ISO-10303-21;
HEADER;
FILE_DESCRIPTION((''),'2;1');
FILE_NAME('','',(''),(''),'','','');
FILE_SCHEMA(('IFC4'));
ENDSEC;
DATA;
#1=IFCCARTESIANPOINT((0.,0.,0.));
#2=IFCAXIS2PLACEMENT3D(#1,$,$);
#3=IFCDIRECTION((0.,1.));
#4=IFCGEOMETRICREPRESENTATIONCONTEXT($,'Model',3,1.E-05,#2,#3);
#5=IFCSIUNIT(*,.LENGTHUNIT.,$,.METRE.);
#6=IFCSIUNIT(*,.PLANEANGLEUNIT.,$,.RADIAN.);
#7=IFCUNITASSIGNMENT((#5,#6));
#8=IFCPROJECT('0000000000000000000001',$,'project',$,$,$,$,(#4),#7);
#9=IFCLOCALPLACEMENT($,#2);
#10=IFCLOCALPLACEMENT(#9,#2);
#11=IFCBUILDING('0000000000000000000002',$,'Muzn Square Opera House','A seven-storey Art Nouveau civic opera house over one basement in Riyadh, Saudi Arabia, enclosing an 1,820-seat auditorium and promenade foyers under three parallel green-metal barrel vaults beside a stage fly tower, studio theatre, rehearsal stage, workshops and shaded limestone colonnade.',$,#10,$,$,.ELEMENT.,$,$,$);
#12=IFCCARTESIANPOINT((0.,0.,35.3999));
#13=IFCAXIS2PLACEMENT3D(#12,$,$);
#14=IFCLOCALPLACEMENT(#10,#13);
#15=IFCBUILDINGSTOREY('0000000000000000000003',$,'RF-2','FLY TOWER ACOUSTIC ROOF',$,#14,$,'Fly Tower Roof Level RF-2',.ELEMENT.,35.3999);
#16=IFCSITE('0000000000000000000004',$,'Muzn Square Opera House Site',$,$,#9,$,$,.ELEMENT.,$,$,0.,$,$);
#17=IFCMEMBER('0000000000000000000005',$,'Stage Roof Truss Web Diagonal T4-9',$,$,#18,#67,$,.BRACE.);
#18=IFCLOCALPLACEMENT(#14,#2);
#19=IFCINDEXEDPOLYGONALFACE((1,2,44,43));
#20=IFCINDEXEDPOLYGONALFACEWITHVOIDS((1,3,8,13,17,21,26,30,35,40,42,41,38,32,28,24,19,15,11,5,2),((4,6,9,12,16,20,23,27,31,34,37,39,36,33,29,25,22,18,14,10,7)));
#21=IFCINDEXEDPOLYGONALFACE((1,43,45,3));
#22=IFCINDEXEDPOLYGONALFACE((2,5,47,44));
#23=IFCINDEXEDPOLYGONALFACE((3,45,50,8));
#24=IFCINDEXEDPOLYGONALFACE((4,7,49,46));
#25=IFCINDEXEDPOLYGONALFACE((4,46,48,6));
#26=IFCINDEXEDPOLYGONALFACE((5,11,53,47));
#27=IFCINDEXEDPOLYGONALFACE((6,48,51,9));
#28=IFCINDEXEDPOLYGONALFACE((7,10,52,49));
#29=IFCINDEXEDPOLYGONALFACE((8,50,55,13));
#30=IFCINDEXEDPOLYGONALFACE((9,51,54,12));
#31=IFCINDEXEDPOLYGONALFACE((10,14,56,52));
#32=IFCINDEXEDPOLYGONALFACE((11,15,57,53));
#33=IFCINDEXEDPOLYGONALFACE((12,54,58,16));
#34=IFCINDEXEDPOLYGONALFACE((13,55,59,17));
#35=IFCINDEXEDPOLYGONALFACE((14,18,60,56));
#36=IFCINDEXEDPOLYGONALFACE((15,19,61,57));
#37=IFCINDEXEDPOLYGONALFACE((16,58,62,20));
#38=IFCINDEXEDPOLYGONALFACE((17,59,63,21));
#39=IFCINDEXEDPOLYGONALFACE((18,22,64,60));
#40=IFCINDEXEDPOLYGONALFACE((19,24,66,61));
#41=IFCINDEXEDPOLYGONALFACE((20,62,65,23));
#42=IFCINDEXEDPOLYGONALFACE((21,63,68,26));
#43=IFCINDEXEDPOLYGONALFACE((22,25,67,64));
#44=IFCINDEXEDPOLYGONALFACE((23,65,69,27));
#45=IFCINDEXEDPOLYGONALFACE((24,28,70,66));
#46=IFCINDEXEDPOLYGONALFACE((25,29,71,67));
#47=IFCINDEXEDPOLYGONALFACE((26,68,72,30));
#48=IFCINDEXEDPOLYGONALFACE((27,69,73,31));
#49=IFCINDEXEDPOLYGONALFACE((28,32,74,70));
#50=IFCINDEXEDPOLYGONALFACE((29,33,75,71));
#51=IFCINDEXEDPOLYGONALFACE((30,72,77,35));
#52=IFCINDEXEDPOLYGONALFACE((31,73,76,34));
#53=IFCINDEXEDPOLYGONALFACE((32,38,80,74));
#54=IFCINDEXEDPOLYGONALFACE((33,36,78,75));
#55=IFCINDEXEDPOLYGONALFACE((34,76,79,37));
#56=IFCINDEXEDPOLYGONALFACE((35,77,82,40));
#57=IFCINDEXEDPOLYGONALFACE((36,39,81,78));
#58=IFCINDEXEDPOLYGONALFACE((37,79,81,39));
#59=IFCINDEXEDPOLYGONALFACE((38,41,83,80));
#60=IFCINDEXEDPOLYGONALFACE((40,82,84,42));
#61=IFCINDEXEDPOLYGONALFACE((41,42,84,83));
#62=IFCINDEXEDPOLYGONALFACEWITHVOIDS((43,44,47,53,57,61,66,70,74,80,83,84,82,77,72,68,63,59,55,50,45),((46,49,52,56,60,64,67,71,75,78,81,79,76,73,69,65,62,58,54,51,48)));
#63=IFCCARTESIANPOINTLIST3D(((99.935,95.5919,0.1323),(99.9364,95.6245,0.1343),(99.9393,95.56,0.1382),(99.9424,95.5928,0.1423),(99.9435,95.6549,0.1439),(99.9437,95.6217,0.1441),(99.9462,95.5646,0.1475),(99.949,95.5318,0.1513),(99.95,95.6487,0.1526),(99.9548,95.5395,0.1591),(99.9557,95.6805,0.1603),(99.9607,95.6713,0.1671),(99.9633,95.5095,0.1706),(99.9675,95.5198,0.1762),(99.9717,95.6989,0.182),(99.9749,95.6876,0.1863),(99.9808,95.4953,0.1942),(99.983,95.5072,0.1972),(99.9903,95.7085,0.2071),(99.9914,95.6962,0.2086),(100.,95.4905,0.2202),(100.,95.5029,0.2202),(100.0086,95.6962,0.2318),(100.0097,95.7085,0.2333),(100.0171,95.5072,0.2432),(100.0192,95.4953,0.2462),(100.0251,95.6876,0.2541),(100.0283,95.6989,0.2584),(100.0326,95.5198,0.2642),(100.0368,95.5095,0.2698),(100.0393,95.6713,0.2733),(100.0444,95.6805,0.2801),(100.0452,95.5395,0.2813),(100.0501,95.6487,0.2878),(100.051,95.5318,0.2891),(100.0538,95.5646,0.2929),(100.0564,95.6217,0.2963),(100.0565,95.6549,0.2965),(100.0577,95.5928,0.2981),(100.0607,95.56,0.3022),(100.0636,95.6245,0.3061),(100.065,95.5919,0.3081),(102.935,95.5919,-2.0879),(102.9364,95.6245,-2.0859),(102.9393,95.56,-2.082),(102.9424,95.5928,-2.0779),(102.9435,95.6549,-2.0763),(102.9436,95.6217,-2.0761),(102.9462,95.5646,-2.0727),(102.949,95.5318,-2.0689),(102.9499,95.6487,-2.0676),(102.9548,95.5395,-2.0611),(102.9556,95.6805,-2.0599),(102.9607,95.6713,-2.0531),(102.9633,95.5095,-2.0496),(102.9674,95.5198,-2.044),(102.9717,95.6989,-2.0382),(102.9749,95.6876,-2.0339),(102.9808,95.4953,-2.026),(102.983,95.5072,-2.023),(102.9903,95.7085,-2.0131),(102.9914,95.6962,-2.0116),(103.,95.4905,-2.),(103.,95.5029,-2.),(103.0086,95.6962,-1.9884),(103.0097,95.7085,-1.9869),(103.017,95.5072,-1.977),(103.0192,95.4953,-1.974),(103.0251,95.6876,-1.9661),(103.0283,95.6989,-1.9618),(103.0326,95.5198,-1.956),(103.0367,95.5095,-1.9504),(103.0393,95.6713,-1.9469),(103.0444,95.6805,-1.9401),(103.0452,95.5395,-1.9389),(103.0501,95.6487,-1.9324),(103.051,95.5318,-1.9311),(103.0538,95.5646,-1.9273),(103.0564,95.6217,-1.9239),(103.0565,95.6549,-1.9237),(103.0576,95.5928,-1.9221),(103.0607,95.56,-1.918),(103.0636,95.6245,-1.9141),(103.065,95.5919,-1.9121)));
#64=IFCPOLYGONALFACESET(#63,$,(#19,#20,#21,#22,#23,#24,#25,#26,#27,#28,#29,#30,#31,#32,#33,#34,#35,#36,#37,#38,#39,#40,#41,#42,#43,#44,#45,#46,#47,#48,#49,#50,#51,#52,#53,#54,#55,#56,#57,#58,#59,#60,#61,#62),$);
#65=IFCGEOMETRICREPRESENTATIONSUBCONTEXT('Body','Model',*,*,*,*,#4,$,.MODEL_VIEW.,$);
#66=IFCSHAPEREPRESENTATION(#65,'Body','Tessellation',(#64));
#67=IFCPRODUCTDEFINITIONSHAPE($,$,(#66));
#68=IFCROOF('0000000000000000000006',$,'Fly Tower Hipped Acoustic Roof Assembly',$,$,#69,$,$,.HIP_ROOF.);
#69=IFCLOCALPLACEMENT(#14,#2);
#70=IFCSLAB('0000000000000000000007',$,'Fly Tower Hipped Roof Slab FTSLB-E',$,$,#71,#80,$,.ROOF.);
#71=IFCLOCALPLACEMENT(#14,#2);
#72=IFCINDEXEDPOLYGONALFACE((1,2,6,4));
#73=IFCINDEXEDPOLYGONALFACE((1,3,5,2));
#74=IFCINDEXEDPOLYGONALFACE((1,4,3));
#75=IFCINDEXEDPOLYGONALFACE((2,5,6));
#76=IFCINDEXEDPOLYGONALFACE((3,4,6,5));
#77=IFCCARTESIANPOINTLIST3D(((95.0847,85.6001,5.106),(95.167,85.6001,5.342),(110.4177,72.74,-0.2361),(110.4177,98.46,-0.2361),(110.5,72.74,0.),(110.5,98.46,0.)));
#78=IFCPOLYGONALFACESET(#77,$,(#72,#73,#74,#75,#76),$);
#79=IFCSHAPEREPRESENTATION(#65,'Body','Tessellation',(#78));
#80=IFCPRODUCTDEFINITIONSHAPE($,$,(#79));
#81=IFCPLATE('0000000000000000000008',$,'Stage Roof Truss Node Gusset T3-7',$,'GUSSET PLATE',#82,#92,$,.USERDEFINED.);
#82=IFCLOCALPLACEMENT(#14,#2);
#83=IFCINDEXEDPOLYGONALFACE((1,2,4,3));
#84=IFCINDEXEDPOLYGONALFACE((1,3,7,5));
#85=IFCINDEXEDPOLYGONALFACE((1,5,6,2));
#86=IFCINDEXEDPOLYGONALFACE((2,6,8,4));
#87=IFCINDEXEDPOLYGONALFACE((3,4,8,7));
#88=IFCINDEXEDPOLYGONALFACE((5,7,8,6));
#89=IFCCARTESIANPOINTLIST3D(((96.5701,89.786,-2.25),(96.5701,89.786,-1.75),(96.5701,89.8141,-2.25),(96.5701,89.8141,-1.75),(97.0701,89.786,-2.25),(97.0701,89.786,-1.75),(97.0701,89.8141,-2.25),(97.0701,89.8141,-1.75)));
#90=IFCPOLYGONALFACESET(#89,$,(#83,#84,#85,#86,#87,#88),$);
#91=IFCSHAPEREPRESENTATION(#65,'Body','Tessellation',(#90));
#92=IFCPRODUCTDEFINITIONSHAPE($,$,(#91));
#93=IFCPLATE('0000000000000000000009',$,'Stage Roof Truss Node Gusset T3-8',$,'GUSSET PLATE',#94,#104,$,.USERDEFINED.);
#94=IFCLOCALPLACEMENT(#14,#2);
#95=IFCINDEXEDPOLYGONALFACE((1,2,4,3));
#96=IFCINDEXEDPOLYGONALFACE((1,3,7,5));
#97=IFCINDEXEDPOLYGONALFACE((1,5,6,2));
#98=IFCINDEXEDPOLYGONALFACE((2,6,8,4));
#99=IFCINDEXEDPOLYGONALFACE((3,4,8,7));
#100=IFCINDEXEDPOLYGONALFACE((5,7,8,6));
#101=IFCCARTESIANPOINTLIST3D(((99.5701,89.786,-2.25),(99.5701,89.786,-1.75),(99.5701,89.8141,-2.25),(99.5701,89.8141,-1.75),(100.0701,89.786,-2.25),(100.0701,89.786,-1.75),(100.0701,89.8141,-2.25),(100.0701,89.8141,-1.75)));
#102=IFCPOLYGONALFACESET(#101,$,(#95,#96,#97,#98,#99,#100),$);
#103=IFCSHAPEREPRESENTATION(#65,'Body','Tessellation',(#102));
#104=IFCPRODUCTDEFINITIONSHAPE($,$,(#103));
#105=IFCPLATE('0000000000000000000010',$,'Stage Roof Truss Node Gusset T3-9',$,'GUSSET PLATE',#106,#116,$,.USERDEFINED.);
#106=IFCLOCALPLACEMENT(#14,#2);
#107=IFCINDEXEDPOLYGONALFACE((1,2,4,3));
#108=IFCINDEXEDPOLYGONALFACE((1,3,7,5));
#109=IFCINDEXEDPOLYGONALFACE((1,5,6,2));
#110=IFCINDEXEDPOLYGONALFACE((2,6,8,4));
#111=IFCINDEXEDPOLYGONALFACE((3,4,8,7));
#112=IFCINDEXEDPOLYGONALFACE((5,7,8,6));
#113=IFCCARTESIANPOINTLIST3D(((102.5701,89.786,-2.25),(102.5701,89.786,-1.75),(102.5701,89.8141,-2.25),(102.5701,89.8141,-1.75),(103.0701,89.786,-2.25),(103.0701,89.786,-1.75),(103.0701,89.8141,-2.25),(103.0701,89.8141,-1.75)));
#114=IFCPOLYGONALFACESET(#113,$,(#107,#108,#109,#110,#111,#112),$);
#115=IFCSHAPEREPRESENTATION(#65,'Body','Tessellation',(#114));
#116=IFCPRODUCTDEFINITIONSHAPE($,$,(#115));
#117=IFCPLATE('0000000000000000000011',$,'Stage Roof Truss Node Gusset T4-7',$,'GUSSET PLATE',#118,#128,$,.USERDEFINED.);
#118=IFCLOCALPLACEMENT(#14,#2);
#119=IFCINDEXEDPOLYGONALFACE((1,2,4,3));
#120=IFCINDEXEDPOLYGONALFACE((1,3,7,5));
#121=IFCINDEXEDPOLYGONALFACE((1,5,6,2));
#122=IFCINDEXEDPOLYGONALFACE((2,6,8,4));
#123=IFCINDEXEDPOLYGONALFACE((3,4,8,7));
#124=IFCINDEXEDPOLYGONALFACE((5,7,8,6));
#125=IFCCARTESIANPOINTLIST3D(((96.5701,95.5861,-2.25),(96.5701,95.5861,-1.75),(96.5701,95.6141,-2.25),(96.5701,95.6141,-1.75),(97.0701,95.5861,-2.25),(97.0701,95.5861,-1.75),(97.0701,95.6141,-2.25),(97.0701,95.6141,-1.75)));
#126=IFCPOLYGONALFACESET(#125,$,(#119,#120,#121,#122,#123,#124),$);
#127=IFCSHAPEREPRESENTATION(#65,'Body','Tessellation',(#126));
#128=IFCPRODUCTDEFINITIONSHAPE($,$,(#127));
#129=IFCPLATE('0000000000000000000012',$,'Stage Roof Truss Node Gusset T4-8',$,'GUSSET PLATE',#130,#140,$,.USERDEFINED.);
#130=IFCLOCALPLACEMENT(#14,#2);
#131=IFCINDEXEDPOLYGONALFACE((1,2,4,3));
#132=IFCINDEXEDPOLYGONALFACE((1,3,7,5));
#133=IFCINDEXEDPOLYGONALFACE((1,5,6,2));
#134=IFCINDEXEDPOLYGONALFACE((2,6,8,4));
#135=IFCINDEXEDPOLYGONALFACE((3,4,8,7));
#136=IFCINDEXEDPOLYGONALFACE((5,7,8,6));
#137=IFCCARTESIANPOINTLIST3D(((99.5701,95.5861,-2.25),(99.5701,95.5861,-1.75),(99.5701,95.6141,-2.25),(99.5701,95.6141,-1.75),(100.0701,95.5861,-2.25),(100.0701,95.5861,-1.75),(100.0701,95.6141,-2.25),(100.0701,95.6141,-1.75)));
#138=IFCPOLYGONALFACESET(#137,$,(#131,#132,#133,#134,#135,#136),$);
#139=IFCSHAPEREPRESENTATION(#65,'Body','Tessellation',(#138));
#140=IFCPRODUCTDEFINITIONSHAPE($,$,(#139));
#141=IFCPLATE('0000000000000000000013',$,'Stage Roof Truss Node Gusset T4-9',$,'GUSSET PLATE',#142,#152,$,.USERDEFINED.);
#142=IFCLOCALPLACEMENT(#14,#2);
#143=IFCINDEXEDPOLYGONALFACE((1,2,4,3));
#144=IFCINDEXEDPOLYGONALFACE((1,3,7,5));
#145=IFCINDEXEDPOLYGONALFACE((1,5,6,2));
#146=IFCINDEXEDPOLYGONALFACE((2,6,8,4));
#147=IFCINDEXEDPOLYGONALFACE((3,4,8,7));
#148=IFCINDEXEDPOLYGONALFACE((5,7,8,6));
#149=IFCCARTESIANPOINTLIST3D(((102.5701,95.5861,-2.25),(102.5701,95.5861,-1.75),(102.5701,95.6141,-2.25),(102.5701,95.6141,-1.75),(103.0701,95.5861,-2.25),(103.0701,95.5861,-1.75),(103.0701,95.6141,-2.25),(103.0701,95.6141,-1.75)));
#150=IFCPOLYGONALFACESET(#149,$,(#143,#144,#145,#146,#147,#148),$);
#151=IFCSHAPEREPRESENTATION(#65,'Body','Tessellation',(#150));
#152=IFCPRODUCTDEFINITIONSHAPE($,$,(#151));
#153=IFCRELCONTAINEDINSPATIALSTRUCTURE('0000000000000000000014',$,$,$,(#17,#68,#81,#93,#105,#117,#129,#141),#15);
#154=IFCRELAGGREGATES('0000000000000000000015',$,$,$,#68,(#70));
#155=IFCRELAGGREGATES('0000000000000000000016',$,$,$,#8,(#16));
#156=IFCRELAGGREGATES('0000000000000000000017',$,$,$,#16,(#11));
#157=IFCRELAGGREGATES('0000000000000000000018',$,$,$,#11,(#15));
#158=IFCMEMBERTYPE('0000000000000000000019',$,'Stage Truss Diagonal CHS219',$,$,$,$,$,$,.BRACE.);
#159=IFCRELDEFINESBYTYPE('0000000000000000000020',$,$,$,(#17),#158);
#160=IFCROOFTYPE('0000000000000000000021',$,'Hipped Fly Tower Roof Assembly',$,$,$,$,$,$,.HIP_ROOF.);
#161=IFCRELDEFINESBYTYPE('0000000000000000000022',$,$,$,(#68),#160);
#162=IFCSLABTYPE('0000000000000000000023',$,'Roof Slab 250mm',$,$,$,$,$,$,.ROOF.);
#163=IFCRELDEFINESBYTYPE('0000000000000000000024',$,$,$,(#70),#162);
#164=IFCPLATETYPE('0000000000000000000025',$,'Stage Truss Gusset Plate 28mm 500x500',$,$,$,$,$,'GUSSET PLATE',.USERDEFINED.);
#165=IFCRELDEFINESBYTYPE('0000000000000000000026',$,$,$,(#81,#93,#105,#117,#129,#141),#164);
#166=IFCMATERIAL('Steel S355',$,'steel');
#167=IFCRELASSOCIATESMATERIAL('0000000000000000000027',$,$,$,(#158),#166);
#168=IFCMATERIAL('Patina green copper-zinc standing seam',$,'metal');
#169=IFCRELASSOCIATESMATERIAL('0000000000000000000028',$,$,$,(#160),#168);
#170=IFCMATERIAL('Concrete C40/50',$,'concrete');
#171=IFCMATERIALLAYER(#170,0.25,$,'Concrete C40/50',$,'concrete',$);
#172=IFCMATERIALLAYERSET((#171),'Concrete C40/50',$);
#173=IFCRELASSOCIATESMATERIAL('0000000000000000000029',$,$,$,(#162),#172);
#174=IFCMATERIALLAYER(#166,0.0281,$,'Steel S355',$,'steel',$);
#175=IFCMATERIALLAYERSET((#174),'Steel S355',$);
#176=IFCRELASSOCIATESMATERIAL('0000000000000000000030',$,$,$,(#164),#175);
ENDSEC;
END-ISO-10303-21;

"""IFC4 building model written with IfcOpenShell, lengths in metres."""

from ifc_helpers import new_model, si_unit, direction, frame, origin, origin_2d, place, context, subcontext, project, spatial, polyline, rectangle, hollow_circle, outline, extrude, material, layer, layer_set, material_profile, profile_set, type_object, element, aggregate, save


model = new_model("IFC4")

# Units and contexts
model_context = context("Model", 3, precision=1e-05, world=origin(), true_north=direction((0.0, 1.0)))
body_context = subcontext(model_context, "Body", "Model", "MODEL_VIEW")
ifc_project = project(units=[si_unit("LENGTHUNIT", "METRE"), si_unit("PLANEANGLEUNIT", "RADIAN")], contexts=[model_context])

# Site, building, storey
site_placement = place(None, origin())
site = spatial("IfcSite", under=ifc_project, at=site_placement, Name="Muzn Square Opera House Site", CompositionType="ELEMENT", RefElevation=0.0)
building_placement = place(site_placement, origin())
building = spatial("IfcBuilding", under=site, at=building_placement, Name="Muzn Square Opera House", Description="A seven-storey Art Nouveau civic opera house over one basement in Riyadh, Saudi Arabia, enclosing an 1,820-seat auditorium and promenade foyers under three parallel green-metal barrel vaults beside a stage fly tower, studio theatre, rehearsal stage, workshops and shaded limestone colonnade.", CompositionType="ELEMENT")
storey_placement = place(building_placement, frame((0.0, 0.0, 35.3999)))
storey = spatial("IfcBuildingStorey", under=building, at=storey_placement, Name="RF-2", Description="FLY TOWER ACOUSTIC ROOF", LongName="Fly Tower Roof Level RF-2", CompositionType="ELEMENT", Elevation=35.3999)

# Member
ifc_material_1 = material(Name="Steel S355", Category="steel")
ifc_material_profile_1 = material_profile(ifc_material_1, hollow_circle(Radius=0.1096, WallThickness=0.0125, at=origin_2d()), Name="CHS 219.1x12.5", Category="steel")
ifc_profile_set_1 = profile_set([ifc_material_profile_1], Name="Steel S355")
member_type_1 = type_object("IfcMemberType", Name="Stage Truss Diagonal CHS219", PredefinedType="BRACE", material=ifc_profile_set_1)
member_1_placement = place(storey_placement, frame((103.0, 95.6001, -2.0), z_axis=(-0.803814, 0.0, 0.59488), x_axis=(0.0, -1.0, 0.0)))
element("IfcMember", 1, at=member_1_placement, inside=storey, type_object=member_type_1, Name="Stage Roof Truss Web Diagonal T4-9", PredefinedType="BRACE", context=body_context, shape_type="SweptSolid", body=[
    extrude(hollow_circle(Radius=0.1096, WallThickness=0.0125, at=origin_2d()), origin(), (0.0, 0.0, 1.0), 3.7322),
])

# Roof, slab
ifc_material_2 = material(Name="Patina green copper-zinc standing seam", Category="metal")
roof_type = type_object("IfcRoofType", Name="Hipped Fly Tower Roof Assembly", PredefinedType="HIP_ROOF", material=ifc_material_2)
roof_placement = place(storey_placement, origin())
roof = element("IfcRoof", 2, at=roof_placement, inside=storey, type_object=roof_type, Name="Fly Tower Hipped Acoustic Roof Assembly", PredefinedType="HIP_ROOF")
ifc_material_3 = material(Name="Concrete C40/50", Category="concrete")
ifc_layer_1 = layer(ifc_material_3, 0.25, Name="Concrete C40/50", Category="concrete")
ifc_layer_set_1 = layer_set([ifc_layer_1], Name="Concrete C40/50")
slab_type = type_object("IfcSlabType", Name="Roof Slab 250mm", PredefinedType="ROOF", material=ifc_layer_set_1)
slab_placement = place(storey_placement, frame((95.167, 85.6001, 5.342), z_axis=(0.329005, 0.0, 0.944328), x_axis=(0.740267, -0.620877, -0.25791)))
slab = element("IfcSlab", 3, at=slab_placement, type_object=slab_type, Name="Fly Tower Hipped Roof Slab FTSLB-E", PredefinedType="ROOF", context=body_context, shape_type="SweptSolid", body=[
    extrude(outline(polyline([(20.7128, 0.0), (4.7439, 20.1621), (0.0, 0.0), (20.7128, 0.0)])), origin(), (0.0, 0.0, -1.0), 0.25),
])
aggregate(roof, [slab])

# Plates
ifc_layer_2 = layer(ifc_material_1, 0.0281, Name="Steel S355", Category="steel")
ifc_layer_set_2 = layer_set([ifc_layer_2], Name="Steel S355")
plate_type = type_object("IfcPlateType", Name="Stage Truss Gusset Plate 28mm 500x500", ElementType="GUSSET PLATE", PredefinedType="USERDEFINED", material=ifc_layer_set_2)
for number, where, z_axis, x_axis, name in (
    (4, (96.8201, 89.8, -2.25), (0.0, 0.0, 1.0), (1.0, 0.0, 0.0), "Stage Roof Truss Node Gusset T3-7"),
    (5, (99.8201, 89.8, -2.25), (0.0, 0.0, 1.0), (1.0, 0.0, 0.0), "Stage Roof Truss Node Gusset T3-8"),
    (6, (102.8201, 89.8, -2.25), (0.0, 0.0, 1.0), (1.0, 0.0, 0.0), "Stage Roof Truss Node Gusset T3-9"),
    (7, (96.8201, 95.6001, -2.25), (0.0, 0.0, 1.0), (1.0, 0.0, 0.0), "Stage Roof Truss Node Gusset T4-7"),
    (8, (99.8201, 95.6001, -2.25), (0.0, 0.0, 1.0), (1.0, 0.0, 0.0), "Stage Roof Truss Node Gusset T4-8"),
    (9, (102.8201, 95.6001, -2.25), (0.0, 0.0, 1.0), (1.0, 0.0, 0.0), "Stage Roof Truss Node Gusset T4-9"),
):
    element("IfcPlate", number, at=place(storey_placement, frame(where, z_axis=z_axis, x_axis=x_axis)), inside=storey, type_object=plate_type, Name=name, ObjectType="GUSSET PLATE", PredefinedType="USERDEFINED", context=body_context, shape_type="SweptSolid", body=[
        extrude(rectangle(XDim=0.5, YDim=0.0281, at=origin_2d()), origin(), (0.0, 0.0, 1.0), 0.5),
    ])

save(model, "model.ifc")
